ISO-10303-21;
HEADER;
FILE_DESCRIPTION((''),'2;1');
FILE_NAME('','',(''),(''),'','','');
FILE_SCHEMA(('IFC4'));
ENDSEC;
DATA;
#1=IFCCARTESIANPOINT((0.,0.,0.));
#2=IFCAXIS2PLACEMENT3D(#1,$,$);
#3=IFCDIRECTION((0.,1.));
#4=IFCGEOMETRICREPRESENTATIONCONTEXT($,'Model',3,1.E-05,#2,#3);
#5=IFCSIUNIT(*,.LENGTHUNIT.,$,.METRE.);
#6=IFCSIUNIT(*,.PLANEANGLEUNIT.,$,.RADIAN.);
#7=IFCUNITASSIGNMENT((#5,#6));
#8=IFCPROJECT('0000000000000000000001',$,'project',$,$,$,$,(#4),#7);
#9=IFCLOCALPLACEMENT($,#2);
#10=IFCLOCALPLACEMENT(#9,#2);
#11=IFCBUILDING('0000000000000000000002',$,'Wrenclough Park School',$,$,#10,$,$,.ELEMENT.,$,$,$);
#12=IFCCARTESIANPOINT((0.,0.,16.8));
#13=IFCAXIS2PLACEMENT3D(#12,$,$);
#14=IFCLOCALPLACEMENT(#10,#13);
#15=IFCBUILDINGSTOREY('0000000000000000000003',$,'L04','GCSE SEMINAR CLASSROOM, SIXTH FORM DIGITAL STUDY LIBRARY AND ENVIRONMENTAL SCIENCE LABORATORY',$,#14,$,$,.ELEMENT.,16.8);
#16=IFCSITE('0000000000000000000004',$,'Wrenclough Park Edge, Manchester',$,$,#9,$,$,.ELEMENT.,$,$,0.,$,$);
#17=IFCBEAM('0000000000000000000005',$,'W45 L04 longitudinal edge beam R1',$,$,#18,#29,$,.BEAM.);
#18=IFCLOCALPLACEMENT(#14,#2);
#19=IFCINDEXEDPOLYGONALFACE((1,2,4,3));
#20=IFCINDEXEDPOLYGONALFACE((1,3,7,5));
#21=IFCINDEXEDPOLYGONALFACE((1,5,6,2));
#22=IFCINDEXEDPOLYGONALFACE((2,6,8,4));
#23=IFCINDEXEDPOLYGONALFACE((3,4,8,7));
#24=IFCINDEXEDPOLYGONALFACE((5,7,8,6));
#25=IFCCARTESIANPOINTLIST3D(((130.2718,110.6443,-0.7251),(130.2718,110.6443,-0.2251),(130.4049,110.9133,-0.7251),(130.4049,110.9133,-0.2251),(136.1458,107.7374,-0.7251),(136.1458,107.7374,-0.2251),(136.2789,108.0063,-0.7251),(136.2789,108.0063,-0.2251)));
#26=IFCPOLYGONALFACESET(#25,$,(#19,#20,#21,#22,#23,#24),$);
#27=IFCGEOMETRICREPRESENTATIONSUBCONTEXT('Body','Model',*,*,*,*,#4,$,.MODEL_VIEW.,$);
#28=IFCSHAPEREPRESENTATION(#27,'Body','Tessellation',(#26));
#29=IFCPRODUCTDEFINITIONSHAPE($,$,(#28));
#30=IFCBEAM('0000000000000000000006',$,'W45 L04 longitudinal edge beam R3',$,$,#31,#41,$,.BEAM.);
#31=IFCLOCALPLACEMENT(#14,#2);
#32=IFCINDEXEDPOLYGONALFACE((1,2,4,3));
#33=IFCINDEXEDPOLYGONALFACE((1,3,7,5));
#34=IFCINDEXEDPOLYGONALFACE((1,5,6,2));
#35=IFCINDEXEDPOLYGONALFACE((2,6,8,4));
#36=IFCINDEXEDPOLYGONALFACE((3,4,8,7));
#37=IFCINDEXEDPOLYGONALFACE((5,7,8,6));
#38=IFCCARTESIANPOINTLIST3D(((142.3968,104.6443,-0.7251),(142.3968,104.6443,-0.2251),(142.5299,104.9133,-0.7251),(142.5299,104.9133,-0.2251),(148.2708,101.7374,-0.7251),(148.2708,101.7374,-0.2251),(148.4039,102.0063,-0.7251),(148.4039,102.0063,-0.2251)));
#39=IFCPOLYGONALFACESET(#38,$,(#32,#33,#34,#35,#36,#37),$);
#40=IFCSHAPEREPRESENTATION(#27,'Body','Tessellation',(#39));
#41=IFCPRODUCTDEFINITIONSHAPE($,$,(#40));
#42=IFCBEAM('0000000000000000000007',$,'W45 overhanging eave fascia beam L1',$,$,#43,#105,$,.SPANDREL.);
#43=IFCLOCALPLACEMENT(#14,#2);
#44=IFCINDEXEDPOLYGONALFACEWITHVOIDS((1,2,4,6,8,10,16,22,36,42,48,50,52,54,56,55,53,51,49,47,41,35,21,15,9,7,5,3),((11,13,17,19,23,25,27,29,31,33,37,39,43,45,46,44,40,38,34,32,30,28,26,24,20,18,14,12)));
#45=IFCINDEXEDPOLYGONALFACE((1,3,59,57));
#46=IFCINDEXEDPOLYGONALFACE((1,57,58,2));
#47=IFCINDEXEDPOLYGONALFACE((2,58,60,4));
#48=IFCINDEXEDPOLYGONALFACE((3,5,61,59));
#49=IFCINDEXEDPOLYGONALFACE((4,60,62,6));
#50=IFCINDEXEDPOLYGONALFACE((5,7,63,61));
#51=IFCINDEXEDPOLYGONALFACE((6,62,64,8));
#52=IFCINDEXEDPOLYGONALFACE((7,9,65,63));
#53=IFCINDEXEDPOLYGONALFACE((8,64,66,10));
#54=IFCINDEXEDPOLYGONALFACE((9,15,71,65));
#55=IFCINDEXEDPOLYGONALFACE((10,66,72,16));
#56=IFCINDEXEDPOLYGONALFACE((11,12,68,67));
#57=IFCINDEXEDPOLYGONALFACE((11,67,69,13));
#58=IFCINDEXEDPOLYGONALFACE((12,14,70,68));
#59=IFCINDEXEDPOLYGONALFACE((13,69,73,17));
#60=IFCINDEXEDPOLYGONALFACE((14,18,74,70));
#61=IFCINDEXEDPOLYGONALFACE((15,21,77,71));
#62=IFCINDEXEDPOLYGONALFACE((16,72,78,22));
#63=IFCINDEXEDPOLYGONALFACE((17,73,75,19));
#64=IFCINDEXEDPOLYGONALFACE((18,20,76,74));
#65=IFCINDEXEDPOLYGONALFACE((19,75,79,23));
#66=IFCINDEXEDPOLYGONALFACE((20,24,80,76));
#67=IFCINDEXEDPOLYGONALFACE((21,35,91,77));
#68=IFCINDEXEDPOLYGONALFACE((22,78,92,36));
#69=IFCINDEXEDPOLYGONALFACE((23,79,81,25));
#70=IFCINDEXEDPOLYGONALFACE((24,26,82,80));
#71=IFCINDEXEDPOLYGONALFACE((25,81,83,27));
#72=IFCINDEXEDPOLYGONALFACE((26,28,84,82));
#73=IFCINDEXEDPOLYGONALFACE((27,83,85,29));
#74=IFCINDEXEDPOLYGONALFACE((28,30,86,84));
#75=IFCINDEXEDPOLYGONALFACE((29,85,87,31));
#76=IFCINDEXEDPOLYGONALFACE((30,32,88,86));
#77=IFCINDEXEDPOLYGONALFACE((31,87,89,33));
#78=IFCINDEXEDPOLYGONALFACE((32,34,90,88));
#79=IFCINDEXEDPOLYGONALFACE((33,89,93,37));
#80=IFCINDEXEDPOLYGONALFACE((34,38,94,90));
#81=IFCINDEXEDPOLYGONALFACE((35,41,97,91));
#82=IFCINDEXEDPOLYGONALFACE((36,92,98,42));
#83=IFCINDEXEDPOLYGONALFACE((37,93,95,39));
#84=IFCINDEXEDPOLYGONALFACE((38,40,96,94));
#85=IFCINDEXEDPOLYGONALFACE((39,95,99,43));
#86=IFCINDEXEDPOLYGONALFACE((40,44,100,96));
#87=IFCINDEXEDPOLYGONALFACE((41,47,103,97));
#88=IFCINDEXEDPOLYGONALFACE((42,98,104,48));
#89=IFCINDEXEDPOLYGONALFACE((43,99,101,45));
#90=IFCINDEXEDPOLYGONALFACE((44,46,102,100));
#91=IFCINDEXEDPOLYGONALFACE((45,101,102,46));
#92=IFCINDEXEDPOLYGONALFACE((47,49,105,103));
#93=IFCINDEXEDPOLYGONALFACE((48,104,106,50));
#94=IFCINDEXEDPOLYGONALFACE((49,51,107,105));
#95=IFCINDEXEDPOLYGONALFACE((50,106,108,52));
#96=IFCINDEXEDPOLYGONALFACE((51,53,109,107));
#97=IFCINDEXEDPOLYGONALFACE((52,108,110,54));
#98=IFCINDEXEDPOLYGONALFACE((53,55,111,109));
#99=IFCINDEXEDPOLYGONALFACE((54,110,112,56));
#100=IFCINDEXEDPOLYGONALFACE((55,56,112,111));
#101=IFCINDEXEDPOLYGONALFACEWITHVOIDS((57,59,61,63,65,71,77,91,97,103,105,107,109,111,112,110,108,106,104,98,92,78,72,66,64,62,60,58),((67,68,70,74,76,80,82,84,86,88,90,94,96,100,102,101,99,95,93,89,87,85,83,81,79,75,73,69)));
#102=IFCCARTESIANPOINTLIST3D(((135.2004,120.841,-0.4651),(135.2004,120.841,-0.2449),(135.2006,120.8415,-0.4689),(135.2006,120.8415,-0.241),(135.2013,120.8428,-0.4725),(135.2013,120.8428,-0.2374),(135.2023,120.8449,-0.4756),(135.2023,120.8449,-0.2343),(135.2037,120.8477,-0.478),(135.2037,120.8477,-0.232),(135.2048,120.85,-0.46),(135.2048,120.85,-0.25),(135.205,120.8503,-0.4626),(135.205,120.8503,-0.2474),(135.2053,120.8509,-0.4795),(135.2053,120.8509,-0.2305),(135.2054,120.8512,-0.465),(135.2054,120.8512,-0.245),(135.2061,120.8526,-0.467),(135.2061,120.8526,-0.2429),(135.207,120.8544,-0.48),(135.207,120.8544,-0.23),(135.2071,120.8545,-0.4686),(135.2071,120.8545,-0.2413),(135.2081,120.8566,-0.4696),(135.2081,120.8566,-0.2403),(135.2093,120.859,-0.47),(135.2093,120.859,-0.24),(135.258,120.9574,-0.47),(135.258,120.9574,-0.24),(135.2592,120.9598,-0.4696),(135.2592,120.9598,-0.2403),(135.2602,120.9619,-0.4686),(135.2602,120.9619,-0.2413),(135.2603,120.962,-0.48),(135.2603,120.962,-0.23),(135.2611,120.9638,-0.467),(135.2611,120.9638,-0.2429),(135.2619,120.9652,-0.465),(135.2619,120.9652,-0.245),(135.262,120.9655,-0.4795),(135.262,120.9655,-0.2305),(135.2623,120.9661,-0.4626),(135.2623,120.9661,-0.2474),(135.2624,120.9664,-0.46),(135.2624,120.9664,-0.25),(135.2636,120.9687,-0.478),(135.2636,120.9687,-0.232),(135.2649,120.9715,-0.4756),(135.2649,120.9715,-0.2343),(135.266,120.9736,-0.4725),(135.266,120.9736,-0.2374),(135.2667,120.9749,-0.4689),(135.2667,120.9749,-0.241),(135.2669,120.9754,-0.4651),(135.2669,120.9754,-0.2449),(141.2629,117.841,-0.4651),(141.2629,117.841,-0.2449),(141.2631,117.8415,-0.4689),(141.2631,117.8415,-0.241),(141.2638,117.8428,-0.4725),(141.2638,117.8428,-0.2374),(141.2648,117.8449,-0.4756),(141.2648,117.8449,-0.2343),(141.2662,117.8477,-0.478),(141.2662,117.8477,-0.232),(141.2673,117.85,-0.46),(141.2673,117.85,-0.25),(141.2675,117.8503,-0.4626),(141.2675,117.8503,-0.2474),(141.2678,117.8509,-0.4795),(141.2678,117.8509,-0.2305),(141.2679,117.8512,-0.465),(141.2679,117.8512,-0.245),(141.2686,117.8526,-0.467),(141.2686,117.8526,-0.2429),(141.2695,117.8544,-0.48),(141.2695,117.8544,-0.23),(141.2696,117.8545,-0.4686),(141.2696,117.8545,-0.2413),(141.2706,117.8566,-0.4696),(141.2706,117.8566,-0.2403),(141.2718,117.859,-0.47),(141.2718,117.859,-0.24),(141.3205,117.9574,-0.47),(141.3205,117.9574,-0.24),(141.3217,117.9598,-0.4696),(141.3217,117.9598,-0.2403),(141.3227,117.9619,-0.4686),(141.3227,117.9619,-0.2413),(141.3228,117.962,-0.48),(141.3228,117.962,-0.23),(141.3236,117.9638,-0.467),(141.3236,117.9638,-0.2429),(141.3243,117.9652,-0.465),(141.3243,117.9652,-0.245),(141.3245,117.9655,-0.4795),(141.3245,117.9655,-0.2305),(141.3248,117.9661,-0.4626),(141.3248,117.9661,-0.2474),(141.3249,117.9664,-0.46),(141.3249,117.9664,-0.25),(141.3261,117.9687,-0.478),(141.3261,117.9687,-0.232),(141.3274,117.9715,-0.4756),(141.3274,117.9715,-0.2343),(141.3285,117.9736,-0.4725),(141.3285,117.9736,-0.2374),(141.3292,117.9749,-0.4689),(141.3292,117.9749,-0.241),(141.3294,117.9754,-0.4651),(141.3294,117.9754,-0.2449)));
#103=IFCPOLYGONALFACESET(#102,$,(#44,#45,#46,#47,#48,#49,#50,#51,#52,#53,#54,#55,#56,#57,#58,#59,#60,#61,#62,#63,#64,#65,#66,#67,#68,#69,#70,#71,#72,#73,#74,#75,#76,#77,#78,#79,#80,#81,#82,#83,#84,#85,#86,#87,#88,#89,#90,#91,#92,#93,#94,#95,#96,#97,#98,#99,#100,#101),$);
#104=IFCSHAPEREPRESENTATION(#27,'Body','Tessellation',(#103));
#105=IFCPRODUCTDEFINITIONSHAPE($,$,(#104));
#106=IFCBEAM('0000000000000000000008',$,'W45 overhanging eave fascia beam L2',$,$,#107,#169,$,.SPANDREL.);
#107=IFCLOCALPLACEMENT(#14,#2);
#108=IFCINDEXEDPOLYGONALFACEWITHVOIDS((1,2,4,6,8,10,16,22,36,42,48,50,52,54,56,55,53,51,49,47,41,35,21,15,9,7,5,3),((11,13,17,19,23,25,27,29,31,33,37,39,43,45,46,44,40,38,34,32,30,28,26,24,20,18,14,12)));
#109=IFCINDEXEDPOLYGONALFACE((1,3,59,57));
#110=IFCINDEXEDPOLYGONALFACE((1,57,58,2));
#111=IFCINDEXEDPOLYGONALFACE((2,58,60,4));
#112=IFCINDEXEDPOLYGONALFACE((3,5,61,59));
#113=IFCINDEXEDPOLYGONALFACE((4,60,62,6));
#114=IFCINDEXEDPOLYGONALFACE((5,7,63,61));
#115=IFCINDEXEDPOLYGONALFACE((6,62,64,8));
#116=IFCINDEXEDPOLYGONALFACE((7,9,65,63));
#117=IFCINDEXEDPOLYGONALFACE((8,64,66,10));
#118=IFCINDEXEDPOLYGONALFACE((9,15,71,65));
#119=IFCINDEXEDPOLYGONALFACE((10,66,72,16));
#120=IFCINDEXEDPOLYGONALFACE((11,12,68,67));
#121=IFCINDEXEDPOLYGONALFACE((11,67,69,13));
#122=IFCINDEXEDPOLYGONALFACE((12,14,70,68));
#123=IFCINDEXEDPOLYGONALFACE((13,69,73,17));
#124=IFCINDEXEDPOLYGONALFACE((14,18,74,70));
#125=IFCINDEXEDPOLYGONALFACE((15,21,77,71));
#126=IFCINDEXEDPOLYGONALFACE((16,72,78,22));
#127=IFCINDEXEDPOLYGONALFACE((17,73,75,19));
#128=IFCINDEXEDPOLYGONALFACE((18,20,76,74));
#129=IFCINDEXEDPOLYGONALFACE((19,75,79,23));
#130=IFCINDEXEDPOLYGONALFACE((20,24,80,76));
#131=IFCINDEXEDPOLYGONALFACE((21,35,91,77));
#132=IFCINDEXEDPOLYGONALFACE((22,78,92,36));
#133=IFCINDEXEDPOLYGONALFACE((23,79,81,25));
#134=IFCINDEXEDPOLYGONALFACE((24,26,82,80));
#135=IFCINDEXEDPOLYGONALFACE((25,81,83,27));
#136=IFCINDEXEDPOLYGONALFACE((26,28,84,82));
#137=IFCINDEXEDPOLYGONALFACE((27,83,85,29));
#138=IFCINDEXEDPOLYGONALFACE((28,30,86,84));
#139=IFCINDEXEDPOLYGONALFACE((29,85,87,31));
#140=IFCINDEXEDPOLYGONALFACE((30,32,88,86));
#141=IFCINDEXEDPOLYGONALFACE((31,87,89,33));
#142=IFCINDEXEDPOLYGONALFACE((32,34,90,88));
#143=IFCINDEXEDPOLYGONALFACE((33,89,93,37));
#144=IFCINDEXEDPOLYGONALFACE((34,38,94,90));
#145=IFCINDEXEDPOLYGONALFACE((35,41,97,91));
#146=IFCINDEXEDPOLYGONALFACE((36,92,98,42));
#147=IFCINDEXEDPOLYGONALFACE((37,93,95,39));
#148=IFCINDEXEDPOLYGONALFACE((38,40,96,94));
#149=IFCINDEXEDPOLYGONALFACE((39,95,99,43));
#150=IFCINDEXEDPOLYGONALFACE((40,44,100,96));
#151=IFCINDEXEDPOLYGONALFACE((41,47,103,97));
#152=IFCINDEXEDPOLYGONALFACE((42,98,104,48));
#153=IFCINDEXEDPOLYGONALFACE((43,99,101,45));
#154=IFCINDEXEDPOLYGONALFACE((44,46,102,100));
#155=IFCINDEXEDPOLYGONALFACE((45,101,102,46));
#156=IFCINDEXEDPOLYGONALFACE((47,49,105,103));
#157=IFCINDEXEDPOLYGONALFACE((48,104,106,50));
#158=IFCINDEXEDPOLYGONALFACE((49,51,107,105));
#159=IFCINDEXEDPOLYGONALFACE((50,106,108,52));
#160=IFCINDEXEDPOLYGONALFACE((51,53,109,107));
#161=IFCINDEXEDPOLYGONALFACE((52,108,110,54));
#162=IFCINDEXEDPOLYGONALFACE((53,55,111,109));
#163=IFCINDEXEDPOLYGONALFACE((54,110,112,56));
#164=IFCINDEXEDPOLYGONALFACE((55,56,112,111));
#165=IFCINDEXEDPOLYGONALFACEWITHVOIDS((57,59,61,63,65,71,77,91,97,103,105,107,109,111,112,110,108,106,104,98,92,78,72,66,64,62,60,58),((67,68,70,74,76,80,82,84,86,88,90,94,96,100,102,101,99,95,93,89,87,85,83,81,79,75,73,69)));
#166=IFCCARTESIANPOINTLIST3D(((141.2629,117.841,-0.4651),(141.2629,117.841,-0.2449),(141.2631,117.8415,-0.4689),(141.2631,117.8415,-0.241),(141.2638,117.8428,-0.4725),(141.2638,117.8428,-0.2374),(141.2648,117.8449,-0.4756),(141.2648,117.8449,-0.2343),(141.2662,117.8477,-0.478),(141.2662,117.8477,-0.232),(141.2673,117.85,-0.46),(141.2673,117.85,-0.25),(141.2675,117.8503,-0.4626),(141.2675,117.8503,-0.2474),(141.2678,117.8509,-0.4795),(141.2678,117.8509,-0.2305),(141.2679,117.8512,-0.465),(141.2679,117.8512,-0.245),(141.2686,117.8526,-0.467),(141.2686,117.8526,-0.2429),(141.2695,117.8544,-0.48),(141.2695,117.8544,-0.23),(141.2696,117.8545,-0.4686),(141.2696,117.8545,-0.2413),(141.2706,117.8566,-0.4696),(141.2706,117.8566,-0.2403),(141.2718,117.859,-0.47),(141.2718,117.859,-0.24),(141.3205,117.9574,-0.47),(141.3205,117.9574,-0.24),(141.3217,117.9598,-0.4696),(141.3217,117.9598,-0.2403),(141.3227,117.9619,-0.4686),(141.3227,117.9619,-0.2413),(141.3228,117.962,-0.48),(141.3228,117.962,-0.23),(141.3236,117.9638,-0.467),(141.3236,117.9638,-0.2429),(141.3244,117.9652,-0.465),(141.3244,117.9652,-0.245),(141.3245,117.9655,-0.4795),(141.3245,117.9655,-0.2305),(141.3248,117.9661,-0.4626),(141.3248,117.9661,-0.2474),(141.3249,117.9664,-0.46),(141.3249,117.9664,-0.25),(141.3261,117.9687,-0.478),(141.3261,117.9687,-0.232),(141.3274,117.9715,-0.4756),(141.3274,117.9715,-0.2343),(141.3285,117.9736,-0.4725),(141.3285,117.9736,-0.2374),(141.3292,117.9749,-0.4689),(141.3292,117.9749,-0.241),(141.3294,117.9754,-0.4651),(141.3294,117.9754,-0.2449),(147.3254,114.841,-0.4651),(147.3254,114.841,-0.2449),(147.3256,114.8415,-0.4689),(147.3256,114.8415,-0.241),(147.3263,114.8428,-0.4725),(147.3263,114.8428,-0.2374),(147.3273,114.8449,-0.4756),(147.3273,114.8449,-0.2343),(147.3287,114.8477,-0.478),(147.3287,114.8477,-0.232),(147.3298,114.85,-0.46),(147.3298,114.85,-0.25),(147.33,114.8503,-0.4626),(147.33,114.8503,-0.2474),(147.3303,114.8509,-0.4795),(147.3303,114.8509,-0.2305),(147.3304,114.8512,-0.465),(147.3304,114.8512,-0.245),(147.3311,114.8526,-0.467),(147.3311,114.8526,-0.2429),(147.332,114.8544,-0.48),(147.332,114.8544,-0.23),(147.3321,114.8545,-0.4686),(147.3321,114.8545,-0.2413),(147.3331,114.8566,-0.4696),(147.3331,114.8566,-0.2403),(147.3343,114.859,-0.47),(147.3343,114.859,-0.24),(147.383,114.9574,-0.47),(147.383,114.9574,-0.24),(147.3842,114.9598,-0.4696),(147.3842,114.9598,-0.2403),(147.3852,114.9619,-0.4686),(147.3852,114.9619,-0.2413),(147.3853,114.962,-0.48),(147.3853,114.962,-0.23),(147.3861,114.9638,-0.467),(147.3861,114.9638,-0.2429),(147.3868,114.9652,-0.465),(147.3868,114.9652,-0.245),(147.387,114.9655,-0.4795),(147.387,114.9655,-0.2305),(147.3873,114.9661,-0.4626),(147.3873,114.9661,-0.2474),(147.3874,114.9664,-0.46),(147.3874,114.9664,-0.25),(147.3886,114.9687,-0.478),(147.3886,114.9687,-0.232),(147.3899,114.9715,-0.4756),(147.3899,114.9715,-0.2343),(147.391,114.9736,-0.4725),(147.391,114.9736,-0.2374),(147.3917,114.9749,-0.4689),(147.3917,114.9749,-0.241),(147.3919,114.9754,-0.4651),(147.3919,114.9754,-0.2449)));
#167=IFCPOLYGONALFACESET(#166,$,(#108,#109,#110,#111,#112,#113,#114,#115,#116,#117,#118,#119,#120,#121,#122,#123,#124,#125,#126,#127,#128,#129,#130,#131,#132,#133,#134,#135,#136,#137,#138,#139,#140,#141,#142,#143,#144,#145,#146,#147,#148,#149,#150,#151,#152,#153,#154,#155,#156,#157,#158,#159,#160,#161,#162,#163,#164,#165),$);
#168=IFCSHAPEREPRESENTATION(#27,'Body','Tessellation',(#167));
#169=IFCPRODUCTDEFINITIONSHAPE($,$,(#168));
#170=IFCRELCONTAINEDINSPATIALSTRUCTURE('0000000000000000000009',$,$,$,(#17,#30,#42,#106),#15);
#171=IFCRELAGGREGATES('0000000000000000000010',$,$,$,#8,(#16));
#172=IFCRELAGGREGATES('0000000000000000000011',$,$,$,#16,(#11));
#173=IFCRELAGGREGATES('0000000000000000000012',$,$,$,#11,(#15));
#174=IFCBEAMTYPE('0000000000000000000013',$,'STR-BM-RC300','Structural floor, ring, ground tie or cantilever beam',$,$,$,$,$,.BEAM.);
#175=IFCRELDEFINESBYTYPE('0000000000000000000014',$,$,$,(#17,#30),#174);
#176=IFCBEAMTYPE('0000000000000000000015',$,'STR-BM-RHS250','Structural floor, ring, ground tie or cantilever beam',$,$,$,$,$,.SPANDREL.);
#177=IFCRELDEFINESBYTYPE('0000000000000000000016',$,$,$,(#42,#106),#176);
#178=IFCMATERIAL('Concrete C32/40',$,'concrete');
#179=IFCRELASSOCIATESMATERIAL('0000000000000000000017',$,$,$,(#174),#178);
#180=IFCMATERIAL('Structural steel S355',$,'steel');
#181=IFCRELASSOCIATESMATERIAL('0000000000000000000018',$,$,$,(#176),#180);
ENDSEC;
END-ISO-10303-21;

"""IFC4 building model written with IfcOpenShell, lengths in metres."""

from ifc_helpers import new_model, si_unit, direction, frame, origin, origin_2d, place, context, subcontext, project, spatial, rectangle, hollow_rectangle, extrude, material, material_profile, profile_set, type_object, element, save


model = new_model("IFC4")

# Units and contexts
model_context = context("Model", 3, precision=1e-05, world=origin(), true_north=direction((0.0, 1.0)))
body_context = subcontext(model_context, "Body", "Model", "MODEL_VIEW")
ifc_project = project(units=[si_unit("LENGTHUNIT", "METRE"), si_unit("PLANEANGLEUNIT", "RADIAN")], contexts=[model_context])

# Site, building, storey
site_placement = place(None, origin())
site = spatial("IfcSite", under=ifc_project, at=site_placement, Name="Wrenclough Park Edge, Manchester", CompositionType="ELEMENT", RefElevation=0.0)
building_placement = place(site_placement, origin())
building = spatial("IfcBuilding", under=site, at=building_placement, Name="Wrenclough Park School", CompositionType="ELEMENT")
storey_placement = place(building_placement, frame((0.0, 0.0, 16.8)))
storey = spatial("IfcBuildingStorey", under=building, at=storey_placement, Name="L04", Description="GCSE SEMINAR CLASSROOM, SIXTH FORM DIGITAL STUDY LIBRARY AND ENVIRONMENTAL SCIENCE LABORATORY", CompositionType="ELEMENT", Elevation=16.8)

# Beams
ifc_material_1 = material(Name="Concrete C32/40", Category="concrete")
ifc_material_profile_1 = material_profile(ifc_material_1, rectangle(XDim=0.3, YDim=0.5, at=origin_2d()), Name="RC BEAM 300x500")
ifc_profile_set_1 = profile_set([ifc_material_profile_1], Name="Concrete C32/40")
beam_type_1 = type_object("IfcBeamType", Name="STR-BM-RC300", Description="Structural floor, ring, ground tie or cantilever beam", PredefinedType="BEAM", material=ifc_profile_set_1)
for number, where, z_axis, x_axis, name in (
    (1, (130.3384, 110.7788, -0.4751), (0.896252, -0.443544, 0.0), (0.443544, 0.896252, 0.0), "W45 L04 longitudinal edge beam R1"),
    (2, (142.4634, 104.7788, -0.4751), (0.896252, -0.443544, 0.0), (0.443544, 0.896252, 0.0), "W45 L04 longitudinal edge beam R3"),
):
    element("IfcBeam", number, at=place(storey_placement, frame(where, z_axis=z_axis, x_axis=x_axis)), inside=storey, type_object=beam_type_1, Name=name, PredefinedType="BEAM", context=body_context, shape_type="SweptSolid", body=[
        extrude(rectangle(XDim=0.3, YDim=0.5, at=origin_2d()), origin(), (0.0, 0.0, 1.0), 6.554),
    ])
ifc_material_2 = material(Name="Structural steel S355", Category="steel")
ifc_material_profile_2 = material_profile(ifc_material_2, hollow_rectangle(XDim=0.1499, YDim=0.25, WallThickness=0.01, InnerFilletRadius=0.01, OuterFilletRadius=0.0149, at=origin_2d()), Name="RHS 250x150x10.0")
ifc_profile_set_2 = profile_set([ifc_material_profile_2], Name="Structural steel S355")
beam_type_2 = type_object("IfcBeamType", Name="STR-BM-RHS250", Description="Structural floor, ring, ground tie or cantilever beam", PredefinedType="SPANDREL", material=ifc_profile_set_2)
for number, where, z_axis, x_axis, name in (
    (3, (135.2336, 120.9082, -0.355), (0.896268, -0.443514, 0.0), (0.443514, 0.896268, 0.0), "W45 overhanging eave fascia beam L1"),
    (4, (141.2961, 117.9082, -0.355), (0.896268, -0.443514, 0.0), (0.443514, 0.896268, 0.0), "W45 overhanging eave fascia beam L2"),
):
    element("IfcBeam", number, at=place(storey_placement, frame(where, z_axis=z_axis, x_axis=x_axis)), inside=storey, type_object=beam_type_2, Name=name, PredefinedType="SPANDREL", context=body_context, shape_type="SweptSolid", body=[
        extrude(hollow_rectangle(XDim=0.1499, YDim=0.25, WallThickness=0.01, InnerFilletRadius=0.01, OuterFilletRadius=0.0149, at=origin_2d()), origin(), (0.0, 0.0, 1.0), 6.7642),
    ])

save(model, "model.ifc")
